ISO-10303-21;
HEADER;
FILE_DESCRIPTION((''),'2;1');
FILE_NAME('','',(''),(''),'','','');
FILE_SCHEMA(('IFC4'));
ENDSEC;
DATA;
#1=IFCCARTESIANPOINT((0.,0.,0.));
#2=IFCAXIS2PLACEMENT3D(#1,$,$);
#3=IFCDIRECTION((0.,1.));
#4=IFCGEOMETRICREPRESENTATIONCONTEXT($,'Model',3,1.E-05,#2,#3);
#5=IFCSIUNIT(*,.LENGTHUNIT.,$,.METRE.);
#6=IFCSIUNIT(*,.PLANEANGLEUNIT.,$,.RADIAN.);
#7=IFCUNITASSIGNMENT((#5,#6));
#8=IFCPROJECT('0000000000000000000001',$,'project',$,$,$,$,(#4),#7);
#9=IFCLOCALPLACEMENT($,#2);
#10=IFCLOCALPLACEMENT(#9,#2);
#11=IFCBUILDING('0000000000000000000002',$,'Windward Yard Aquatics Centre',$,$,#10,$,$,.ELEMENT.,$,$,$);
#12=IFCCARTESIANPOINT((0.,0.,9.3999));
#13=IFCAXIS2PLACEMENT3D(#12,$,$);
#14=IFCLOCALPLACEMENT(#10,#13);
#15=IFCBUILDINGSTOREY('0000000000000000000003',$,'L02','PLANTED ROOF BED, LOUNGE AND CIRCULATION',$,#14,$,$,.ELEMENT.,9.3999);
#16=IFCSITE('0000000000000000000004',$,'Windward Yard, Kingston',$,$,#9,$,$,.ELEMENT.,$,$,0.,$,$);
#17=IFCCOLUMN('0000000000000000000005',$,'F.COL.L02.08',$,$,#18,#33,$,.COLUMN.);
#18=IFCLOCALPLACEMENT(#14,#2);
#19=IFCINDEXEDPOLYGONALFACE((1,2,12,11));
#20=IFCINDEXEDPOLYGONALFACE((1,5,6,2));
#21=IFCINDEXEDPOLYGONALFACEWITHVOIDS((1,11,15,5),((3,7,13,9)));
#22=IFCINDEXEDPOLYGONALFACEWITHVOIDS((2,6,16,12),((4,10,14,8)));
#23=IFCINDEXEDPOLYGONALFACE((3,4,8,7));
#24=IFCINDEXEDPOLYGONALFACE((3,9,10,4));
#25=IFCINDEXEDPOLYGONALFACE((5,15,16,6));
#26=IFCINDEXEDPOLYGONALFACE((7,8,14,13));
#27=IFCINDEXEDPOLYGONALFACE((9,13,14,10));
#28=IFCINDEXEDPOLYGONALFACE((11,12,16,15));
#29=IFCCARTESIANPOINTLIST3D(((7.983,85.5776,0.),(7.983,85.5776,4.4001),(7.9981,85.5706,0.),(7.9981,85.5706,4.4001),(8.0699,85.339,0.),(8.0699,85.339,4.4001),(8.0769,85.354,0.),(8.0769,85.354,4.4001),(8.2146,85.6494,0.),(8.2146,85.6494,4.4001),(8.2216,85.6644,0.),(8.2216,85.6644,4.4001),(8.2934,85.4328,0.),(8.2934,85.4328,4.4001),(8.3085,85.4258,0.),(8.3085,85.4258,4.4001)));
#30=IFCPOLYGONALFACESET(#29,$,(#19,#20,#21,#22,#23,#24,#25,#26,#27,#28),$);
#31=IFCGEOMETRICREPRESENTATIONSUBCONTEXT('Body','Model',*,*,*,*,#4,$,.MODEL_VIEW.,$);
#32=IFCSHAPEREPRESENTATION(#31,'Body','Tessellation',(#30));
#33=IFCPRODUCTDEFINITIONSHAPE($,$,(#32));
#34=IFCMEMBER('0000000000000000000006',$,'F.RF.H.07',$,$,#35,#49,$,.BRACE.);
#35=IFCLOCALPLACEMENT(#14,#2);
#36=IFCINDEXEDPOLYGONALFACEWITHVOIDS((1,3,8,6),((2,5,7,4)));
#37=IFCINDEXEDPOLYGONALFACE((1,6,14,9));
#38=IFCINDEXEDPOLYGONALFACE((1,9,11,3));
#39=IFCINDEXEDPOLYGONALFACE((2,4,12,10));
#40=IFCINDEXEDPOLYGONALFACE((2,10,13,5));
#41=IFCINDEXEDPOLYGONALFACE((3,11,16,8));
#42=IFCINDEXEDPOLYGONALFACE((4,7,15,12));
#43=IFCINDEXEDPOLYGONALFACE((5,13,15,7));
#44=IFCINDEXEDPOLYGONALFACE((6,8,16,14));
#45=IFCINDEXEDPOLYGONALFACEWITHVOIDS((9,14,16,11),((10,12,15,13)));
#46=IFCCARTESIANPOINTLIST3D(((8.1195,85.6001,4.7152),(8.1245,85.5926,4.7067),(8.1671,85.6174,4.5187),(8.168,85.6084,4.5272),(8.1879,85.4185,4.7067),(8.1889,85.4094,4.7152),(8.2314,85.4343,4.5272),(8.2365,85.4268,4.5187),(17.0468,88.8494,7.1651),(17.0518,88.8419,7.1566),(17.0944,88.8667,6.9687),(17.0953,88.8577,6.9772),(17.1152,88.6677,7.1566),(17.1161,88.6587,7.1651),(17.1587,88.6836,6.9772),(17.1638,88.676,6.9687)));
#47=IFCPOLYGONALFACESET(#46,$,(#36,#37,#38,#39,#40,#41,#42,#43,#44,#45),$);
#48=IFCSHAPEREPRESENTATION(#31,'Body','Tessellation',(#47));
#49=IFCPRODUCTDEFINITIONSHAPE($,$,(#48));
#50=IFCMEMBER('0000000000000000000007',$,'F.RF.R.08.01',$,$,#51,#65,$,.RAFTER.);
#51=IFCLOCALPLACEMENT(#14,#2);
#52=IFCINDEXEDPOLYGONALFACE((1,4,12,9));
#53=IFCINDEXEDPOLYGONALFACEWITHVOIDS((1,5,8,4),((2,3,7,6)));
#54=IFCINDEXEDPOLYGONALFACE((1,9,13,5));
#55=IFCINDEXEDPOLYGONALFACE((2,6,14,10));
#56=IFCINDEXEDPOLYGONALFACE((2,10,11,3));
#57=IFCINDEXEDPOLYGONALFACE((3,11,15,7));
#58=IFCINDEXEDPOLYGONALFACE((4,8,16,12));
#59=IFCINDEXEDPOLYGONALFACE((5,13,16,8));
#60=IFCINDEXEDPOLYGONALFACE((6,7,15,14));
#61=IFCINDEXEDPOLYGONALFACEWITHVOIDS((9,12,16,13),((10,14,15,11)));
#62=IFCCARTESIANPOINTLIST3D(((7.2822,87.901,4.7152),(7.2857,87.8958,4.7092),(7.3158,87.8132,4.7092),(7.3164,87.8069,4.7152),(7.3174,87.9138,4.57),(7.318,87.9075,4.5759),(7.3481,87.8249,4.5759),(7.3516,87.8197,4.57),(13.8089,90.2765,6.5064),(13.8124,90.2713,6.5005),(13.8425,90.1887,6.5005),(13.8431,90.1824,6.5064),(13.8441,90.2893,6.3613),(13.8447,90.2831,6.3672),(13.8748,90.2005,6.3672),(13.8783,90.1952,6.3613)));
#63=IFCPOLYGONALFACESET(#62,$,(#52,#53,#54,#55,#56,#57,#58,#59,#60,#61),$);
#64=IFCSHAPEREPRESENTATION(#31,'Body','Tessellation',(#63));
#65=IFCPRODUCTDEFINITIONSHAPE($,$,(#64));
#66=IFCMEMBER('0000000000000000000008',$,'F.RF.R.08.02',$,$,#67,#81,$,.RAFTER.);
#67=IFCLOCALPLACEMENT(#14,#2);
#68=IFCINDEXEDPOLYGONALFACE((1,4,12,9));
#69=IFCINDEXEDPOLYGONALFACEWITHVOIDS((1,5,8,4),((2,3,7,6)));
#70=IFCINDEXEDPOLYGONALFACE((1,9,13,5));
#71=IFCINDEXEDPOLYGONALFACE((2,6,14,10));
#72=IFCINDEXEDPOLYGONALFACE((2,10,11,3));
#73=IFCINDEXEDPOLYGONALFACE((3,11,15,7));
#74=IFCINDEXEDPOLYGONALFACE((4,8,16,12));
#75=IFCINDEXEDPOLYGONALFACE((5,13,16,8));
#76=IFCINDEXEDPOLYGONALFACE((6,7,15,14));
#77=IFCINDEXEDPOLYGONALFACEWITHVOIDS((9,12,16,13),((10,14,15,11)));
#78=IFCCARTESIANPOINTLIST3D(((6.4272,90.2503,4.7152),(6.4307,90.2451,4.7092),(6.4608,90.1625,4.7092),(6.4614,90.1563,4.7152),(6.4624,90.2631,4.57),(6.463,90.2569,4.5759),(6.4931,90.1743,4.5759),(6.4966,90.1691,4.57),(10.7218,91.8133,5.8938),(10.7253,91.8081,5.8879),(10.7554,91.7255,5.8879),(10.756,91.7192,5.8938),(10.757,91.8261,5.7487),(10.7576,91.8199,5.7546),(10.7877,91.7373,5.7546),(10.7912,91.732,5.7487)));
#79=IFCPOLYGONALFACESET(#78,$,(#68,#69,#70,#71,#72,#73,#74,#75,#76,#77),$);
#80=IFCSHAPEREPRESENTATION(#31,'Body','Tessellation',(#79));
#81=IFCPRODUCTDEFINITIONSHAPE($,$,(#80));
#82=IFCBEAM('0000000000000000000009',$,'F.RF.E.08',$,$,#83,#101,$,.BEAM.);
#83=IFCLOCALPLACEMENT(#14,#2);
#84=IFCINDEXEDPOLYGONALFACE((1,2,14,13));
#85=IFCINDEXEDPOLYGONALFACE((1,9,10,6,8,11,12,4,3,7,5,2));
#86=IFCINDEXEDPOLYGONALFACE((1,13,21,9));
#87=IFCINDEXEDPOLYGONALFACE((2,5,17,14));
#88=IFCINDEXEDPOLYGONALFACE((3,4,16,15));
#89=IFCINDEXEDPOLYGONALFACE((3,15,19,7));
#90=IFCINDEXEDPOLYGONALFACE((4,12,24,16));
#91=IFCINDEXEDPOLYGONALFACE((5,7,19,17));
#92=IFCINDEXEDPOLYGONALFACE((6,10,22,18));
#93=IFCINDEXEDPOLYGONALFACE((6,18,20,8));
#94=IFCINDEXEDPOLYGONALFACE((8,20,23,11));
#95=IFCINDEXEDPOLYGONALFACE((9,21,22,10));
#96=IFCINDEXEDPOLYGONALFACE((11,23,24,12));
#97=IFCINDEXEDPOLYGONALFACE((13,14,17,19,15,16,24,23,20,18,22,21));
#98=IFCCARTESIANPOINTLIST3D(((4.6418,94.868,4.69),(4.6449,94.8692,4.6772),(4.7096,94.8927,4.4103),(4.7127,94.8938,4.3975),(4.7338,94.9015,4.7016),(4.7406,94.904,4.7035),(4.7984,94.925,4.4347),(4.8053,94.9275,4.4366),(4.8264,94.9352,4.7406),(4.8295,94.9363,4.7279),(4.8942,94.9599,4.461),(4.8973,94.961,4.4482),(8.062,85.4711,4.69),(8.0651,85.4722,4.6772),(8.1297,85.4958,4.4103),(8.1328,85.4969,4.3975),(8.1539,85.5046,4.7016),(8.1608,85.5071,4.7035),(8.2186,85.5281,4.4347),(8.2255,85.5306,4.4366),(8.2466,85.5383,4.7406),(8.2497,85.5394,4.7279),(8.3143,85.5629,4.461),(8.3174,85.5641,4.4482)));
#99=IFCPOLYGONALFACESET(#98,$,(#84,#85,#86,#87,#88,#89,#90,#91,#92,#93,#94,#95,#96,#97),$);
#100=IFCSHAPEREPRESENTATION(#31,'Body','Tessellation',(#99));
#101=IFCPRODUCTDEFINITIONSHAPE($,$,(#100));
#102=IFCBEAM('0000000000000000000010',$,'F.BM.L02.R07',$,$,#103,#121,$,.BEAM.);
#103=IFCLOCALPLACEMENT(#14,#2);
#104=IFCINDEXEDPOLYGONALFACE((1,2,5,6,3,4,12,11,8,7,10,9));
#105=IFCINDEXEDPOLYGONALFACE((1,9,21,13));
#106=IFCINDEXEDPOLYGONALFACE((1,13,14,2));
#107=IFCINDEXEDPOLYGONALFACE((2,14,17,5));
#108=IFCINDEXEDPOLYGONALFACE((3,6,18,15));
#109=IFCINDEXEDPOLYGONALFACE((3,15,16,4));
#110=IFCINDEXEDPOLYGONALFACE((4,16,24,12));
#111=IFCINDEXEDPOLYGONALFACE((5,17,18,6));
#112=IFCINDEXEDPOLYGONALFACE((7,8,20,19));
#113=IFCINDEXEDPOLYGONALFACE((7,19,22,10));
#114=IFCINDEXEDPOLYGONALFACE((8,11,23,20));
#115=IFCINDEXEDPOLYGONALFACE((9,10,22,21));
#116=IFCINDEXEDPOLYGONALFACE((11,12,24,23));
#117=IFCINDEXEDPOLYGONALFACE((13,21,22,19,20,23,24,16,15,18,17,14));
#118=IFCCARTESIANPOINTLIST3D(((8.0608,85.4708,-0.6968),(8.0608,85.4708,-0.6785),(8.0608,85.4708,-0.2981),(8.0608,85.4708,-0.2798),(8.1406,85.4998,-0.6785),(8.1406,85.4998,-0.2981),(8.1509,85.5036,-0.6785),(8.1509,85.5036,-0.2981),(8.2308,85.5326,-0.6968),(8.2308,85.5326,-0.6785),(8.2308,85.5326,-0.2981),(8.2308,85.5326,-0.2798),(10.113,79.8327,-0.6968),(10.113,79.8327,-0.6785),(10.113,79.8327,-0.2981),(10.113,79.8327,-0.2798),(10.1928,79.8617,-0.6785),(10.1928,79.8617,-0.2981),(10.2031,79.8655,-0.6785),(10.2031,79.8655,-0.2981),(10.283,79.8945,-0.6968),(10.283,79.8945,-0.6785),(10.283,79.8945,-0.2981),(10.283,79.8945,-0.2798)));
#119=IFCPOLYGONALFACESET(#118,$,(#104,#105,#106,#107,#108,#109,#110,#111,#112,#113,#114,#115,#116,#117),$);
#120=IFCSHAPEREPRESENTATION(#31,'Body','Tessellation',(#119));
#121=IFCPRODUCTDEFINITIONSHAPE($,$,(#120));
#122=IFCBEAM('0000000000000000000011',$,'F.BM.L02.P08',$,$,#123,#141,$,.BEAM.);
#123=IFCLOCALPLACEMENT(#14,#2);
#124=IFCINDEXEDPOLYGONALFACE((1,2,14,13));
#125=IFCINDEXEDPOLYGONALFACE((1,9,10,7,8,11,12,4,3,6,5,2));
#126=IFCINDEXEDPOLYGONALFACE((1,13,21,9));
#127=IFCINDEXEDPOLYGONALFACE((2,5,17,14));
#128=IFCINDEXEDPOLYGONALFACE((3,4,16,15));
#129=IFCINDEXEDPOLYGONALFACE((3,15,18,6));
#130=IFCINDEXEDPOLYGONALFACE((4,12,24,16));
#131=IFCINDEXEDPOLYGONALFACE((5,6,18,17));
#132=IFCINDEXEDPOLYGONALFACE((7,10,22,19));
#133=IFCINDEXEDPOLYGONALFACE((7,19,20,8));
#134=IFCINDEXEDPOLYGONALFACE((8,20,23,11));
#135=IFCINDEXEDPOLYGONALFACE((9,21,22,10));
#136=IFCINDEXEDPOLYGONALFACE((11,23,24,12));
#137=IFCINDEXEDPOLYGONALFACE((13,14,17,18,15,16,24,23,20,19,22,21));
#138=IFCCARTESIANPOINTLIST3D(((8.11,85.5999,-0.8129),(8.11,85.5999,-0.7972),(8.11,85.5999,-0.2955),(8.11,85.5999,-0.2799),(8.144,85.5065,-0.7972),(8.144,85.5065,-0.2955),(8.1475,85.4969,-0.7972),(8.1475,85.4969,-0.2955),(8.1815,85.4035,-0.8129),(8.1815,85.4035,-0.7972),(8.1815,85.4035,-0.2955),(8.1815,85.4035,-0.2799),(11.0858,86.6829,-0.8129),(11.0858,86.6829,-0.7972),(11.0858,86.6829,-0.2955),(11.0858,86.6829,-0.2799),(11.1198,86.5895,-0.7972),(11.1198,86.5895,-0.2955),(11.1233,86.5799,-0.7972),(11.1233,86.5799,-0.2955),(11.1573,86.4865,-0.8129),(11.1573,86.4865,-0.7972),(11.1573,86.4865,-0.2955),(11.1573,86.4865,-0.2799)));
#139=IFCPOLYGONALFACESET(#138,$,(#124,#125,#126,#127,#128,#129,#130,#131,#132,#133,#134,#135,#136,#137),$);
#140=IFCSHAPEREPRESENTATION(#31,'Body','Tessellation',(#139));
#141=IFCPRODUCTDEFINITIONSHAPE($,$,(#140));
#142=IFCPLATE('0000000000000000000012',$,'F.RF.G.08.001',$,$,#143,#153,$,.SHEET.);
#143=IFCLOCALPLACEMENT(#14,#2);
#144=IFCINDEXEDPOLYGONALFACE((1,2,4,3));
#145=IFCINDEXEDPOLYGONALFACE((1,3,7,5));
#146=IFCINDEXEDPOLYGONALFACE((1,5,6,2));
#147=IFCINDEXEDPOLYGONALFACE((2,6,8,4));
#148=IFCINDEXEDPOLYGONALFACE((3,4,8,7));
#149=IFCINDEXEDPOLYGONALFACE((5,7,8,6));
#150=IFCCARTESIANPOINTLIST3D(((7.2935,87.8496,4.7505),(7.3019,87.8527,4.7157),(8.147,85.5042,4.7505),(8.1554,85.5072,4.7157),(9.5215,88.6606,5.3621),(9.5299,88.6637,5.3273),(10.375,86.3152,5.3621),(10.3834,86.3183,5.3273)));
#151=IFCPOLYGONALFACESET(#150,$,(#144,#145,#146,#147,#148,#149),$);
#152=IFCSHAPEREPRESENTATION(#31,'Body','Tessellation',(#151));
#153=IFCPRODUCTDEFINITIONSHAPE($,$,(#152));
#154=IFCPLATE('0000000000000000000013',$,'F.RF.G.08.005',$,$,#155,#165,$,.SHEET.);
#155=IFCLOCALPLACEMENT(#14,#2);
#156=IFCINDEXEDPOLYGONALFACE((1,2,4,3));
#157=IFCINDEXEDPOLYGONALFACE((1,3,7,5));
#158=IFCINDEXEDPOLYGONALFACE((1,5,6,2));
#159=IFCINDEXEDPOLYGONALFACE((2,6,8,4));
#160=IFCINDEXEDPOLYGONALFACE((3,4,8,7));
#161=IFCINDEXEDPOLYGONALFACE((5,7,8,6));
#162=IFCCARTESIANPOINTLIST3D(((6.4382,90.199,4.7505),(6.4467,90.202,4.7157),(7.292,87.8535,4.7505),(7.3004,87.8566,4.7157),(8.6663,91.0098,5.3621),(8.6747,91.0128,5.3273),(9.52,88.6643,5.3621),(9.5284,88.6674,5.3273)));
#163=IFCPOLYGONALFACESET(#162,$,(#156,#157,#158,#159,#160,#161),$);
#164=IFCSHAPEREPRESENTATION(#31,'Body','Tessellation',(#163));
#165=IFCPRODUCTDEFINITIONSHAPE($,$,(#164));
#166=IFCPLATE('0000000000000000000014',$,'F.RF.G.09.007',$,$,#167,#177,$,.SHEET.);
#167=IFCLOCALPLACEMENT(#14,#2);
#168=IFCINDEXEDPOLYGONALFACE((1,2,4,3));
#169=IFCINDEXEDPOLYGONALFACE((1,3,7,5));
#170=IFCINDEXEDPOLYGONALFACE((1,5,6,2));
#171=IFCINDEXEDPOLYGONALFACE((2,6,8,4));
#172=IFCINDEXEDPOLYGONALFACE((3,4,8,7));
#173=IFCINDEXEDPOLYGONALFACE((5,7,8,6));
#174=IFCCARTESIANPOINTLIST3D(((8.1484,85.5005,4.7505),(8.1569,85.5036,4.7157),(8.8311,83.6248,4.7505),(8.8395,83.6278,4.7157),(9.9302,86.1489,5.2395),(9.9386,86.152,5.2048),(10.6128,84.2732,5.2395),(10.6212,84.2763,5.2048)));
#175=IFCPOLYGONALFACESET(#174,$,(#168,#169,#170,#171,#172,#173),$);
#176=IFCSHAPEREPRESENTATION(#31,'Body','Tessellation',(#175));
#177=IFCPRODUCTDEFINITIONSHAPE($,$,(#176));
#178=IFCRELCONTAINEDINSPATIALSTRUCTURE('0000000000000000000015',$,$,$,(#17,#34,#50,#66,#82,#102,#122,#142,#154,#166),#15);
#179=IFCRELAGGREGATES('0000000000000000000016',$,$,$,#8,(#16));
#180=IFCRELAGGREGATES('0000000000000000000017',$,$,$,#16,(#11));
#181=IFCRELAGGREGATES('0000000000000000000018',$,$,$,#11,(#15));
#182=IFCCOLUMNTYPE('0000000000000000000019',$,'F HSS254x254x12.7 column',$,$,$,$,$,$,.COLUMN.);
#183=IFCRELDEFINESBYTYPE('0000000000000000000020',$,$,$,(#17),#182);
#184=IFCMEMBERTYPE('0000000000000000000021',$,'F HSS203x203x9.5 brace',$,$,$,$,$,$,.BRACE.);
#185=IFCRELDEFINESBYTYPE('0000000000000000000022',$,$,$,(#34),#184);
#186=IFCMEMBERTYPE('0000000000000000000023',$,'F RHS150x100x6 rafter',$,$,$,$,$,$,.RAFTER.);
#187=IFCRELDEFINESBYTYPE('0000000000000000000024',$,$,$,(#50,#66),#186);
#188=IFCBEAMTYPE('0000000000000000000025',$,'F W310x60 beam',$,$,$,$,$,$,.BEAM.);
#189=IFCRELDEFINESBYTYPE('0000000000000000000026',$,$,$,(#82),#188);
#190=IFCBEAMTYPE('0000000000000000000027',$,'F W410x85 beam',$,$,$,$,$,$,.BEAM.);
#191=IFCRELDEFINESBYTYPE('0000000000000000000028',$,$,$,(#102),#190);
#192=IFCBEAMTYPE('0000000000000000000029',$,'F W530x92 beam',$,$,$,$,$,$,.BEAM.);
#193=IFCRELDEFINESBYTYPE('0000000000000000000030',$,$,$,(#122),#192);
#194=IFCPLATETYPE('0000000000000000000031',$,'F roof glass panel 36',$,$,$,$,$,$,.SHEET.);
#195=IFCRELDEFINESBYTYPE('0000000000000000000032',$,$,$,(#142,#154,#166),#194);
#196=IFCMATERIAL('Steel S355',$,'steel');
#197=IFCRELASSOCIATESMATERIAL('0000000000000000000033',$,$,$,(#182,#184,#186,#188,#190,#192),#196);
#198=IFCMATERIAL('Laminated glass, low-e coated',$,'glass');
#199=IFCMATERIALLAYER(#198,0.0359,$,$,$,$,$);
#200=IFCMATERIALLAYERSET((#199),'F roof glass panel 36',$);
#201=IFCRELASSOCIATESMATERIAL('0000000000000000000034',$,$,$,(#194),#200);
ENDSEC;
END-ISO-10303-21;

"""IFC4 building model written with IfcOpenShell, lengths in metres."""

from ifc_helpers import new_model, si_unit, direction, frame, origin, origin_2d, place, context, subcontext, project, spatial, polyline, hollow_rectangle, i_section, outline, extrude, material, layer, layer_set, material_profile, profile_set, type_object, element, save


model = new_model("IFC4")

# Units and contexts
model_context = context("Model", 3, precision=1e-05, world=origin(), true_north=direction((0.0, 1.0)))
body_context = subcontext(model_context, "Body", "Model", "MODEL_VIEW")
ifc_project = project(units=[si_unit("LENGTHUNIT", "METRE"), si_unit("PLANEANGLEUNIT", "RADIAN")], contexts=[model_context])

# Site, building, storey
site_placement = place(None, origin())
site = spatial("IfcSite", under=ifc_project, at=site_placement, Name="Windward Yard, Kingston", CompositionType="ELEMENT", RefElevation=0.0)
building_placement = place(site_placement, origin())
building = spatial("IfcBuilding", under=site, at=building_placement, Name="Windward Yard Aquatics Centre", CompositionType="ELEMENT")
storey_placement = place(building_placement, frame((0.0, 0.0, 9.3999)))
storey = spatial("IfcBuildingStorey", under=building, at=storey_placement, Name="L02", Description="PLANTED ROOF BED, LOUNGE AND CIRCULATION", CompositionType="ELEMENT", Elevation=9.3999)

# Column
ifc_material_1 = material(Name="Steel S355", Category="steel")
ifc_material_profile_1 = material_profile(ifc_material_1, hollow_rectangle(XDim=0.2539, YDim=0.2539, WallThickness=0.0117, at=origin_2d()), Name="HSS254x254x12.7")
ifc_profile_set_1 = profile_set([ifc_material_profile_1], Name="Steel S355")
column_type = type_object("IfcColumnType", Name="F HSS254x254x12.7 column", PredefinedType="COLUMN", material=ifc_profile_set_1)
column_placement = place(storey_placement, frame((8.1458, 85.5017, 0.0), z_axis=(0.0, 0.0, 1.0), x_axis=(0.939693, 0.34202, 0.0)))
element("IfcColumn", 1, at=column_placement, inside=storey, type_object=column_type, Name="F.COL.L02.08", PredefinedType="COLUMN", context=body_context, shape_type="SweptSolid", body=[
    extrude(hollow_rectangle(XDim=0.2539, YDim=0.2539, WallThickness=0.0117, at=origin_2d()), origin(), (0.0, 0.0, 1.0), 4.4001),
])

# Members
ifc_material_profile_2 = material_profile(ifc_material_1, hollow_rectangle(XDim=0.2029, YDim=0.2029, WallThickness=0.0088, at=origin_2d()), Name="HSS203x203x9.5")
ifc_profile_set_2 = profile_set([ifc_material_profile_2], Name="Steel S355")
member_type_1 = type_object("IfcMemberType", Name="F HSS203x203x9.5 brace", PredefinedType="BRACE", material=ifc_profile_set_2)
member_1_placement = place(storey_placement, frame((8.178, 85.5134, 4.6169), z_axis=(0.909922, 0.331186, 0.249715), x_axis=(-0.342022, 0.939692, 0.0)))
element("IfcMember", 2, at=member_1_placement, inside=storey, type_object=member_type_1, Name="F.RF.H.07", PredefinedType="BRACE", context=body_context, shape_type="SweptSolid", body=[
    extrude(hollow_rectangle(XDim=0.2029, YDim=0.2029, WallThickness=0.0088, at=origin_2d()), origin(), (0.0, 0.0, 1.0), 9.811),
])
ifc_material_profile_3 = material_profile(ifc_material_1, hollow_rectangle(XDim=0.1001, YDim=0.1499, WallThickness=0.0061, at=origin_2d()), Name="RHS150x100x6")
ifc_profile_set_3 = profile_set([ifc_material_profile_3], Name="Steel S355")
member_type_2 = type_object("IfcMemberType", Name="F RHS150x100x6 rafter", PredefinedType="RAFTER", material=ifc_profile_set_3)
member_2_placement = place(storey_placement, frame((7.3169, 87.8604, 4.6426), z_axis=(0.909919, 0.331183, 0.249732), x_axis=(-0.34202, 0.939693, 0.0)))
element("IfcMember", 3, at=member_2_placement, inside=storey, type_object=member_type_2, Name="F.RF.R.08.01", PredefinedType="RAFTER", context=body_context, shape_type="SweptSolid", body=[
    extrude(hollow_rectangle(XDim=0.1001, YDim=0.1499, WallThickness=0.0061, at=origin_2d()), origin(), (0.0, 0.0, 1.0), 7.1729),
])
member_3_placement = place(storey_placement, frame((6.4619, 90.2097, 4.6426), z_axis=(0.909927, 0.331155, 0.249737), x_axis=(-0.341992, 0.939703, 0.0)))
element("IfcMember", 4, at=member_3_placement, inside=storey, type_object=member_type_2, Name="F.RF.R.08.02", PredefinedType="RAFTER", context=body_context, shape_type="SweptSolid", body=[
    extrude(hollow_rectangle(XDim=0.1001, YDim=0.1499, WallThickness=0.0061, at=origin_2d()), origin(), (0.0, 0.0, 1.0), 4.7197),
])

# Beams
ifc_material_profile_4 = material_profile(ifc_material_1, i_section(OverallWidth=0.2029, OverallDepth=0.302, WebThickness=0.0076, FlangeThickness=0.0132, at=origin_2d()), Name="W310x60")
ifc_profile_set_4 = profile_set([ifc_material_profile_4], Name="Steel S355")
beam_type_1 = type_object("IfcBeamType", Name="F W310x60 beam", PredefinedType="BEAM", material=ifc_profile_set_4)
beam_1_placement = place(storey_placement, frame((8.1897, 85.5176, 4.5691), z_axis=(-0.342016, 0.939694, 0.0), x_axis=(-0.909922, -0.331179, -0.249724)))
element("IfcBeam", 5, at=beam_1_placement, inside=storey, type_object=beam_type_1, Name="F.RF.E.08", PredefinedType="BEAM", context=body_context, shape_type="SweptSolid", body=[
    extrude(i_section(OverallWidth=0.2029, OverallDepth=0.302, WebThickness=0.0076, FlangeThickness=0.0132, at=origin_2d()), origin(), (0.0, 0.0, 1.0), 10.0),
])
ifc_material_profile_5 = material_profile(ifc_material_1, i_section(OverallWidth=0.1809, OverallDepth=0.417, WebThickness=0.011, FlangeThickness=0.0183, at=origin_2d()), Name="W410x85")
ifc_profile_set_5 = profile_set([ifc_material_profile_5], Name="Steel S355")
beam_type_2 = type_object("IfcBeamType", Name="F W410x85 beam", PredefinedType="BEAM", material=ifc_profile_set_5)
beam_2_placement = place(storey_placement, frame((8.1458, 85.5017, -0.4883), z_axis=(0.342037, -0.939686, 0.0), x_axis=(0.939686, 0.342037, 0.0)))
element("IfcBeam", 6, at=beam_2_placement, inside=storey, type_object=beam_type_2, Name="F.BM.L02.R07", PredefinedType="BEAM", context=body_context, shape_type="SweptSolid", body=[
    extrude(i_section(OverallWidth=0.1809, OverallDepth=0.417, WebThickness=0.011, FlangeThickness=0.0183, at=origin_2d()), origin(), (0.0, 0.0, 1.0), 6.0),
])
ifc_material_profile_6 = material_profile(ifc_material_1, i_section(OverallWidth=0.209, OverallDepth=0.533, WebThickness=0.0103, FlangeThickness=0.0156, at=origin_2d()), Name="W530x92")
ifc_profile_set_6 = profile_set([ifc_material_profile_6], Name="Steel S355")
beam_type_3 = type_object("IfcBeamType", Name="F W530x92 beam", PredefinedType="BEAM", material=ifc_profile_set_6)
beam_3_placement = place(storey_placement, frame((8.1458, 85.5017, -0.5464), z_axis=(0.939703, 0.341991, 0.0), x_axis=(-0.341991, 0.939703, 0.0)))
element("IfcBeam", 7, at=beam_3_placement, inside=storey, type_object=beam_type_3, Name="F.BM.L02.P08", PredefinedType="BEAM", context=body_context, shape_type="SweptSolid", body=[
    extrude(i_section(OverallWidth=0.209, OverallDepth=0.533, WebThickness=0.0103, FlangeThickness=0.0156, at=origin_2d()), origin(), (0.0, 0.0, 1.0), 3.1667),
])

# Plates
ifc_material_2 = material(Name="Laminated glass, low-e coated", Category="glass")
ifc_layer_1 = layer(ifc_material_2, 0.0359)
ifc_layer_set_1 = layer_set([ifc_layer_1], Name="F roof glass panel 36")
plate_type = type_object("IfcPlateType", Name="F roof glass panel 36", PredefinedType="SHEET", material=ifc_layer_set_1)
plate_1_placement = place(storey_placement, frame((7.2935, 87.8496, 4.7505), z_axis=(-0.234701, -0.085408, 0.968308), x_axis=(0.909899, 0.331217, 0.249759)))
element("IfcPlate", 8, at=plate_1_placement, inside=storey, type_object=plate_type, Name="F.RF.G.08.001", PredefinedType="SHEET", context=body_context, shape_type="SweptSolid", body=[
    extrude(outline(polyline([(0.0, 0.0), (2.4487, 0.0), (2.4484, -2.4959), (-0.0002, -2.4959), (0.0, 0.0)])), origin(), (0.0, 0.0, -1.0), 0.0359),
])
plate_2_placement = place(storey_placement, frame((6.4382, 90.199, 4.7505), z_axis=(-0.234701, -0.085433, 0.968306), x_axis=(0.909929, 0.331128, 0.249767)))
element("IfcPlate", 9, at=plate_2_placement, inside=storey, type_object=plate_type, Name="F.RF.G.08.005", PredefinedType="SHEET", context=body_context, shape_type="SweptSolid", body=[
    extrude(outline(polyline([(0.0, 0.0), (2.4486, 0.0), (2.4488, -2.496), (0.0002, -2.496), (0.0, 0.0)])), origin(), (0.0, 0.0, -1.0), 0.0359),
])
plate_3_placement = place(storey_placement, frame((8.1484, 85.5005, 4.7505), z_axis=(-0.23468, -0.085405, 0.968314), x_axis=(0.909927, 0.331155, 0.249738)))
element("IfcPlate", 10, at=plate_3_placement, inside=storey, type_object=plate_type, Name="F.RF.G.09.007", PredefinedType="SHEET", context=body_context, shape_type="SweptSolid", body=[
    extrude(outline(polyline([(0.0, 0.0), (1.9581, 0.0), (1.9581, -1.9961), (0.0, -1.9961), (0.0, 0.0)])), origin(), (0.0, 0.0, -1.0), 0.0359),
])

save(model, "model.ifc")
